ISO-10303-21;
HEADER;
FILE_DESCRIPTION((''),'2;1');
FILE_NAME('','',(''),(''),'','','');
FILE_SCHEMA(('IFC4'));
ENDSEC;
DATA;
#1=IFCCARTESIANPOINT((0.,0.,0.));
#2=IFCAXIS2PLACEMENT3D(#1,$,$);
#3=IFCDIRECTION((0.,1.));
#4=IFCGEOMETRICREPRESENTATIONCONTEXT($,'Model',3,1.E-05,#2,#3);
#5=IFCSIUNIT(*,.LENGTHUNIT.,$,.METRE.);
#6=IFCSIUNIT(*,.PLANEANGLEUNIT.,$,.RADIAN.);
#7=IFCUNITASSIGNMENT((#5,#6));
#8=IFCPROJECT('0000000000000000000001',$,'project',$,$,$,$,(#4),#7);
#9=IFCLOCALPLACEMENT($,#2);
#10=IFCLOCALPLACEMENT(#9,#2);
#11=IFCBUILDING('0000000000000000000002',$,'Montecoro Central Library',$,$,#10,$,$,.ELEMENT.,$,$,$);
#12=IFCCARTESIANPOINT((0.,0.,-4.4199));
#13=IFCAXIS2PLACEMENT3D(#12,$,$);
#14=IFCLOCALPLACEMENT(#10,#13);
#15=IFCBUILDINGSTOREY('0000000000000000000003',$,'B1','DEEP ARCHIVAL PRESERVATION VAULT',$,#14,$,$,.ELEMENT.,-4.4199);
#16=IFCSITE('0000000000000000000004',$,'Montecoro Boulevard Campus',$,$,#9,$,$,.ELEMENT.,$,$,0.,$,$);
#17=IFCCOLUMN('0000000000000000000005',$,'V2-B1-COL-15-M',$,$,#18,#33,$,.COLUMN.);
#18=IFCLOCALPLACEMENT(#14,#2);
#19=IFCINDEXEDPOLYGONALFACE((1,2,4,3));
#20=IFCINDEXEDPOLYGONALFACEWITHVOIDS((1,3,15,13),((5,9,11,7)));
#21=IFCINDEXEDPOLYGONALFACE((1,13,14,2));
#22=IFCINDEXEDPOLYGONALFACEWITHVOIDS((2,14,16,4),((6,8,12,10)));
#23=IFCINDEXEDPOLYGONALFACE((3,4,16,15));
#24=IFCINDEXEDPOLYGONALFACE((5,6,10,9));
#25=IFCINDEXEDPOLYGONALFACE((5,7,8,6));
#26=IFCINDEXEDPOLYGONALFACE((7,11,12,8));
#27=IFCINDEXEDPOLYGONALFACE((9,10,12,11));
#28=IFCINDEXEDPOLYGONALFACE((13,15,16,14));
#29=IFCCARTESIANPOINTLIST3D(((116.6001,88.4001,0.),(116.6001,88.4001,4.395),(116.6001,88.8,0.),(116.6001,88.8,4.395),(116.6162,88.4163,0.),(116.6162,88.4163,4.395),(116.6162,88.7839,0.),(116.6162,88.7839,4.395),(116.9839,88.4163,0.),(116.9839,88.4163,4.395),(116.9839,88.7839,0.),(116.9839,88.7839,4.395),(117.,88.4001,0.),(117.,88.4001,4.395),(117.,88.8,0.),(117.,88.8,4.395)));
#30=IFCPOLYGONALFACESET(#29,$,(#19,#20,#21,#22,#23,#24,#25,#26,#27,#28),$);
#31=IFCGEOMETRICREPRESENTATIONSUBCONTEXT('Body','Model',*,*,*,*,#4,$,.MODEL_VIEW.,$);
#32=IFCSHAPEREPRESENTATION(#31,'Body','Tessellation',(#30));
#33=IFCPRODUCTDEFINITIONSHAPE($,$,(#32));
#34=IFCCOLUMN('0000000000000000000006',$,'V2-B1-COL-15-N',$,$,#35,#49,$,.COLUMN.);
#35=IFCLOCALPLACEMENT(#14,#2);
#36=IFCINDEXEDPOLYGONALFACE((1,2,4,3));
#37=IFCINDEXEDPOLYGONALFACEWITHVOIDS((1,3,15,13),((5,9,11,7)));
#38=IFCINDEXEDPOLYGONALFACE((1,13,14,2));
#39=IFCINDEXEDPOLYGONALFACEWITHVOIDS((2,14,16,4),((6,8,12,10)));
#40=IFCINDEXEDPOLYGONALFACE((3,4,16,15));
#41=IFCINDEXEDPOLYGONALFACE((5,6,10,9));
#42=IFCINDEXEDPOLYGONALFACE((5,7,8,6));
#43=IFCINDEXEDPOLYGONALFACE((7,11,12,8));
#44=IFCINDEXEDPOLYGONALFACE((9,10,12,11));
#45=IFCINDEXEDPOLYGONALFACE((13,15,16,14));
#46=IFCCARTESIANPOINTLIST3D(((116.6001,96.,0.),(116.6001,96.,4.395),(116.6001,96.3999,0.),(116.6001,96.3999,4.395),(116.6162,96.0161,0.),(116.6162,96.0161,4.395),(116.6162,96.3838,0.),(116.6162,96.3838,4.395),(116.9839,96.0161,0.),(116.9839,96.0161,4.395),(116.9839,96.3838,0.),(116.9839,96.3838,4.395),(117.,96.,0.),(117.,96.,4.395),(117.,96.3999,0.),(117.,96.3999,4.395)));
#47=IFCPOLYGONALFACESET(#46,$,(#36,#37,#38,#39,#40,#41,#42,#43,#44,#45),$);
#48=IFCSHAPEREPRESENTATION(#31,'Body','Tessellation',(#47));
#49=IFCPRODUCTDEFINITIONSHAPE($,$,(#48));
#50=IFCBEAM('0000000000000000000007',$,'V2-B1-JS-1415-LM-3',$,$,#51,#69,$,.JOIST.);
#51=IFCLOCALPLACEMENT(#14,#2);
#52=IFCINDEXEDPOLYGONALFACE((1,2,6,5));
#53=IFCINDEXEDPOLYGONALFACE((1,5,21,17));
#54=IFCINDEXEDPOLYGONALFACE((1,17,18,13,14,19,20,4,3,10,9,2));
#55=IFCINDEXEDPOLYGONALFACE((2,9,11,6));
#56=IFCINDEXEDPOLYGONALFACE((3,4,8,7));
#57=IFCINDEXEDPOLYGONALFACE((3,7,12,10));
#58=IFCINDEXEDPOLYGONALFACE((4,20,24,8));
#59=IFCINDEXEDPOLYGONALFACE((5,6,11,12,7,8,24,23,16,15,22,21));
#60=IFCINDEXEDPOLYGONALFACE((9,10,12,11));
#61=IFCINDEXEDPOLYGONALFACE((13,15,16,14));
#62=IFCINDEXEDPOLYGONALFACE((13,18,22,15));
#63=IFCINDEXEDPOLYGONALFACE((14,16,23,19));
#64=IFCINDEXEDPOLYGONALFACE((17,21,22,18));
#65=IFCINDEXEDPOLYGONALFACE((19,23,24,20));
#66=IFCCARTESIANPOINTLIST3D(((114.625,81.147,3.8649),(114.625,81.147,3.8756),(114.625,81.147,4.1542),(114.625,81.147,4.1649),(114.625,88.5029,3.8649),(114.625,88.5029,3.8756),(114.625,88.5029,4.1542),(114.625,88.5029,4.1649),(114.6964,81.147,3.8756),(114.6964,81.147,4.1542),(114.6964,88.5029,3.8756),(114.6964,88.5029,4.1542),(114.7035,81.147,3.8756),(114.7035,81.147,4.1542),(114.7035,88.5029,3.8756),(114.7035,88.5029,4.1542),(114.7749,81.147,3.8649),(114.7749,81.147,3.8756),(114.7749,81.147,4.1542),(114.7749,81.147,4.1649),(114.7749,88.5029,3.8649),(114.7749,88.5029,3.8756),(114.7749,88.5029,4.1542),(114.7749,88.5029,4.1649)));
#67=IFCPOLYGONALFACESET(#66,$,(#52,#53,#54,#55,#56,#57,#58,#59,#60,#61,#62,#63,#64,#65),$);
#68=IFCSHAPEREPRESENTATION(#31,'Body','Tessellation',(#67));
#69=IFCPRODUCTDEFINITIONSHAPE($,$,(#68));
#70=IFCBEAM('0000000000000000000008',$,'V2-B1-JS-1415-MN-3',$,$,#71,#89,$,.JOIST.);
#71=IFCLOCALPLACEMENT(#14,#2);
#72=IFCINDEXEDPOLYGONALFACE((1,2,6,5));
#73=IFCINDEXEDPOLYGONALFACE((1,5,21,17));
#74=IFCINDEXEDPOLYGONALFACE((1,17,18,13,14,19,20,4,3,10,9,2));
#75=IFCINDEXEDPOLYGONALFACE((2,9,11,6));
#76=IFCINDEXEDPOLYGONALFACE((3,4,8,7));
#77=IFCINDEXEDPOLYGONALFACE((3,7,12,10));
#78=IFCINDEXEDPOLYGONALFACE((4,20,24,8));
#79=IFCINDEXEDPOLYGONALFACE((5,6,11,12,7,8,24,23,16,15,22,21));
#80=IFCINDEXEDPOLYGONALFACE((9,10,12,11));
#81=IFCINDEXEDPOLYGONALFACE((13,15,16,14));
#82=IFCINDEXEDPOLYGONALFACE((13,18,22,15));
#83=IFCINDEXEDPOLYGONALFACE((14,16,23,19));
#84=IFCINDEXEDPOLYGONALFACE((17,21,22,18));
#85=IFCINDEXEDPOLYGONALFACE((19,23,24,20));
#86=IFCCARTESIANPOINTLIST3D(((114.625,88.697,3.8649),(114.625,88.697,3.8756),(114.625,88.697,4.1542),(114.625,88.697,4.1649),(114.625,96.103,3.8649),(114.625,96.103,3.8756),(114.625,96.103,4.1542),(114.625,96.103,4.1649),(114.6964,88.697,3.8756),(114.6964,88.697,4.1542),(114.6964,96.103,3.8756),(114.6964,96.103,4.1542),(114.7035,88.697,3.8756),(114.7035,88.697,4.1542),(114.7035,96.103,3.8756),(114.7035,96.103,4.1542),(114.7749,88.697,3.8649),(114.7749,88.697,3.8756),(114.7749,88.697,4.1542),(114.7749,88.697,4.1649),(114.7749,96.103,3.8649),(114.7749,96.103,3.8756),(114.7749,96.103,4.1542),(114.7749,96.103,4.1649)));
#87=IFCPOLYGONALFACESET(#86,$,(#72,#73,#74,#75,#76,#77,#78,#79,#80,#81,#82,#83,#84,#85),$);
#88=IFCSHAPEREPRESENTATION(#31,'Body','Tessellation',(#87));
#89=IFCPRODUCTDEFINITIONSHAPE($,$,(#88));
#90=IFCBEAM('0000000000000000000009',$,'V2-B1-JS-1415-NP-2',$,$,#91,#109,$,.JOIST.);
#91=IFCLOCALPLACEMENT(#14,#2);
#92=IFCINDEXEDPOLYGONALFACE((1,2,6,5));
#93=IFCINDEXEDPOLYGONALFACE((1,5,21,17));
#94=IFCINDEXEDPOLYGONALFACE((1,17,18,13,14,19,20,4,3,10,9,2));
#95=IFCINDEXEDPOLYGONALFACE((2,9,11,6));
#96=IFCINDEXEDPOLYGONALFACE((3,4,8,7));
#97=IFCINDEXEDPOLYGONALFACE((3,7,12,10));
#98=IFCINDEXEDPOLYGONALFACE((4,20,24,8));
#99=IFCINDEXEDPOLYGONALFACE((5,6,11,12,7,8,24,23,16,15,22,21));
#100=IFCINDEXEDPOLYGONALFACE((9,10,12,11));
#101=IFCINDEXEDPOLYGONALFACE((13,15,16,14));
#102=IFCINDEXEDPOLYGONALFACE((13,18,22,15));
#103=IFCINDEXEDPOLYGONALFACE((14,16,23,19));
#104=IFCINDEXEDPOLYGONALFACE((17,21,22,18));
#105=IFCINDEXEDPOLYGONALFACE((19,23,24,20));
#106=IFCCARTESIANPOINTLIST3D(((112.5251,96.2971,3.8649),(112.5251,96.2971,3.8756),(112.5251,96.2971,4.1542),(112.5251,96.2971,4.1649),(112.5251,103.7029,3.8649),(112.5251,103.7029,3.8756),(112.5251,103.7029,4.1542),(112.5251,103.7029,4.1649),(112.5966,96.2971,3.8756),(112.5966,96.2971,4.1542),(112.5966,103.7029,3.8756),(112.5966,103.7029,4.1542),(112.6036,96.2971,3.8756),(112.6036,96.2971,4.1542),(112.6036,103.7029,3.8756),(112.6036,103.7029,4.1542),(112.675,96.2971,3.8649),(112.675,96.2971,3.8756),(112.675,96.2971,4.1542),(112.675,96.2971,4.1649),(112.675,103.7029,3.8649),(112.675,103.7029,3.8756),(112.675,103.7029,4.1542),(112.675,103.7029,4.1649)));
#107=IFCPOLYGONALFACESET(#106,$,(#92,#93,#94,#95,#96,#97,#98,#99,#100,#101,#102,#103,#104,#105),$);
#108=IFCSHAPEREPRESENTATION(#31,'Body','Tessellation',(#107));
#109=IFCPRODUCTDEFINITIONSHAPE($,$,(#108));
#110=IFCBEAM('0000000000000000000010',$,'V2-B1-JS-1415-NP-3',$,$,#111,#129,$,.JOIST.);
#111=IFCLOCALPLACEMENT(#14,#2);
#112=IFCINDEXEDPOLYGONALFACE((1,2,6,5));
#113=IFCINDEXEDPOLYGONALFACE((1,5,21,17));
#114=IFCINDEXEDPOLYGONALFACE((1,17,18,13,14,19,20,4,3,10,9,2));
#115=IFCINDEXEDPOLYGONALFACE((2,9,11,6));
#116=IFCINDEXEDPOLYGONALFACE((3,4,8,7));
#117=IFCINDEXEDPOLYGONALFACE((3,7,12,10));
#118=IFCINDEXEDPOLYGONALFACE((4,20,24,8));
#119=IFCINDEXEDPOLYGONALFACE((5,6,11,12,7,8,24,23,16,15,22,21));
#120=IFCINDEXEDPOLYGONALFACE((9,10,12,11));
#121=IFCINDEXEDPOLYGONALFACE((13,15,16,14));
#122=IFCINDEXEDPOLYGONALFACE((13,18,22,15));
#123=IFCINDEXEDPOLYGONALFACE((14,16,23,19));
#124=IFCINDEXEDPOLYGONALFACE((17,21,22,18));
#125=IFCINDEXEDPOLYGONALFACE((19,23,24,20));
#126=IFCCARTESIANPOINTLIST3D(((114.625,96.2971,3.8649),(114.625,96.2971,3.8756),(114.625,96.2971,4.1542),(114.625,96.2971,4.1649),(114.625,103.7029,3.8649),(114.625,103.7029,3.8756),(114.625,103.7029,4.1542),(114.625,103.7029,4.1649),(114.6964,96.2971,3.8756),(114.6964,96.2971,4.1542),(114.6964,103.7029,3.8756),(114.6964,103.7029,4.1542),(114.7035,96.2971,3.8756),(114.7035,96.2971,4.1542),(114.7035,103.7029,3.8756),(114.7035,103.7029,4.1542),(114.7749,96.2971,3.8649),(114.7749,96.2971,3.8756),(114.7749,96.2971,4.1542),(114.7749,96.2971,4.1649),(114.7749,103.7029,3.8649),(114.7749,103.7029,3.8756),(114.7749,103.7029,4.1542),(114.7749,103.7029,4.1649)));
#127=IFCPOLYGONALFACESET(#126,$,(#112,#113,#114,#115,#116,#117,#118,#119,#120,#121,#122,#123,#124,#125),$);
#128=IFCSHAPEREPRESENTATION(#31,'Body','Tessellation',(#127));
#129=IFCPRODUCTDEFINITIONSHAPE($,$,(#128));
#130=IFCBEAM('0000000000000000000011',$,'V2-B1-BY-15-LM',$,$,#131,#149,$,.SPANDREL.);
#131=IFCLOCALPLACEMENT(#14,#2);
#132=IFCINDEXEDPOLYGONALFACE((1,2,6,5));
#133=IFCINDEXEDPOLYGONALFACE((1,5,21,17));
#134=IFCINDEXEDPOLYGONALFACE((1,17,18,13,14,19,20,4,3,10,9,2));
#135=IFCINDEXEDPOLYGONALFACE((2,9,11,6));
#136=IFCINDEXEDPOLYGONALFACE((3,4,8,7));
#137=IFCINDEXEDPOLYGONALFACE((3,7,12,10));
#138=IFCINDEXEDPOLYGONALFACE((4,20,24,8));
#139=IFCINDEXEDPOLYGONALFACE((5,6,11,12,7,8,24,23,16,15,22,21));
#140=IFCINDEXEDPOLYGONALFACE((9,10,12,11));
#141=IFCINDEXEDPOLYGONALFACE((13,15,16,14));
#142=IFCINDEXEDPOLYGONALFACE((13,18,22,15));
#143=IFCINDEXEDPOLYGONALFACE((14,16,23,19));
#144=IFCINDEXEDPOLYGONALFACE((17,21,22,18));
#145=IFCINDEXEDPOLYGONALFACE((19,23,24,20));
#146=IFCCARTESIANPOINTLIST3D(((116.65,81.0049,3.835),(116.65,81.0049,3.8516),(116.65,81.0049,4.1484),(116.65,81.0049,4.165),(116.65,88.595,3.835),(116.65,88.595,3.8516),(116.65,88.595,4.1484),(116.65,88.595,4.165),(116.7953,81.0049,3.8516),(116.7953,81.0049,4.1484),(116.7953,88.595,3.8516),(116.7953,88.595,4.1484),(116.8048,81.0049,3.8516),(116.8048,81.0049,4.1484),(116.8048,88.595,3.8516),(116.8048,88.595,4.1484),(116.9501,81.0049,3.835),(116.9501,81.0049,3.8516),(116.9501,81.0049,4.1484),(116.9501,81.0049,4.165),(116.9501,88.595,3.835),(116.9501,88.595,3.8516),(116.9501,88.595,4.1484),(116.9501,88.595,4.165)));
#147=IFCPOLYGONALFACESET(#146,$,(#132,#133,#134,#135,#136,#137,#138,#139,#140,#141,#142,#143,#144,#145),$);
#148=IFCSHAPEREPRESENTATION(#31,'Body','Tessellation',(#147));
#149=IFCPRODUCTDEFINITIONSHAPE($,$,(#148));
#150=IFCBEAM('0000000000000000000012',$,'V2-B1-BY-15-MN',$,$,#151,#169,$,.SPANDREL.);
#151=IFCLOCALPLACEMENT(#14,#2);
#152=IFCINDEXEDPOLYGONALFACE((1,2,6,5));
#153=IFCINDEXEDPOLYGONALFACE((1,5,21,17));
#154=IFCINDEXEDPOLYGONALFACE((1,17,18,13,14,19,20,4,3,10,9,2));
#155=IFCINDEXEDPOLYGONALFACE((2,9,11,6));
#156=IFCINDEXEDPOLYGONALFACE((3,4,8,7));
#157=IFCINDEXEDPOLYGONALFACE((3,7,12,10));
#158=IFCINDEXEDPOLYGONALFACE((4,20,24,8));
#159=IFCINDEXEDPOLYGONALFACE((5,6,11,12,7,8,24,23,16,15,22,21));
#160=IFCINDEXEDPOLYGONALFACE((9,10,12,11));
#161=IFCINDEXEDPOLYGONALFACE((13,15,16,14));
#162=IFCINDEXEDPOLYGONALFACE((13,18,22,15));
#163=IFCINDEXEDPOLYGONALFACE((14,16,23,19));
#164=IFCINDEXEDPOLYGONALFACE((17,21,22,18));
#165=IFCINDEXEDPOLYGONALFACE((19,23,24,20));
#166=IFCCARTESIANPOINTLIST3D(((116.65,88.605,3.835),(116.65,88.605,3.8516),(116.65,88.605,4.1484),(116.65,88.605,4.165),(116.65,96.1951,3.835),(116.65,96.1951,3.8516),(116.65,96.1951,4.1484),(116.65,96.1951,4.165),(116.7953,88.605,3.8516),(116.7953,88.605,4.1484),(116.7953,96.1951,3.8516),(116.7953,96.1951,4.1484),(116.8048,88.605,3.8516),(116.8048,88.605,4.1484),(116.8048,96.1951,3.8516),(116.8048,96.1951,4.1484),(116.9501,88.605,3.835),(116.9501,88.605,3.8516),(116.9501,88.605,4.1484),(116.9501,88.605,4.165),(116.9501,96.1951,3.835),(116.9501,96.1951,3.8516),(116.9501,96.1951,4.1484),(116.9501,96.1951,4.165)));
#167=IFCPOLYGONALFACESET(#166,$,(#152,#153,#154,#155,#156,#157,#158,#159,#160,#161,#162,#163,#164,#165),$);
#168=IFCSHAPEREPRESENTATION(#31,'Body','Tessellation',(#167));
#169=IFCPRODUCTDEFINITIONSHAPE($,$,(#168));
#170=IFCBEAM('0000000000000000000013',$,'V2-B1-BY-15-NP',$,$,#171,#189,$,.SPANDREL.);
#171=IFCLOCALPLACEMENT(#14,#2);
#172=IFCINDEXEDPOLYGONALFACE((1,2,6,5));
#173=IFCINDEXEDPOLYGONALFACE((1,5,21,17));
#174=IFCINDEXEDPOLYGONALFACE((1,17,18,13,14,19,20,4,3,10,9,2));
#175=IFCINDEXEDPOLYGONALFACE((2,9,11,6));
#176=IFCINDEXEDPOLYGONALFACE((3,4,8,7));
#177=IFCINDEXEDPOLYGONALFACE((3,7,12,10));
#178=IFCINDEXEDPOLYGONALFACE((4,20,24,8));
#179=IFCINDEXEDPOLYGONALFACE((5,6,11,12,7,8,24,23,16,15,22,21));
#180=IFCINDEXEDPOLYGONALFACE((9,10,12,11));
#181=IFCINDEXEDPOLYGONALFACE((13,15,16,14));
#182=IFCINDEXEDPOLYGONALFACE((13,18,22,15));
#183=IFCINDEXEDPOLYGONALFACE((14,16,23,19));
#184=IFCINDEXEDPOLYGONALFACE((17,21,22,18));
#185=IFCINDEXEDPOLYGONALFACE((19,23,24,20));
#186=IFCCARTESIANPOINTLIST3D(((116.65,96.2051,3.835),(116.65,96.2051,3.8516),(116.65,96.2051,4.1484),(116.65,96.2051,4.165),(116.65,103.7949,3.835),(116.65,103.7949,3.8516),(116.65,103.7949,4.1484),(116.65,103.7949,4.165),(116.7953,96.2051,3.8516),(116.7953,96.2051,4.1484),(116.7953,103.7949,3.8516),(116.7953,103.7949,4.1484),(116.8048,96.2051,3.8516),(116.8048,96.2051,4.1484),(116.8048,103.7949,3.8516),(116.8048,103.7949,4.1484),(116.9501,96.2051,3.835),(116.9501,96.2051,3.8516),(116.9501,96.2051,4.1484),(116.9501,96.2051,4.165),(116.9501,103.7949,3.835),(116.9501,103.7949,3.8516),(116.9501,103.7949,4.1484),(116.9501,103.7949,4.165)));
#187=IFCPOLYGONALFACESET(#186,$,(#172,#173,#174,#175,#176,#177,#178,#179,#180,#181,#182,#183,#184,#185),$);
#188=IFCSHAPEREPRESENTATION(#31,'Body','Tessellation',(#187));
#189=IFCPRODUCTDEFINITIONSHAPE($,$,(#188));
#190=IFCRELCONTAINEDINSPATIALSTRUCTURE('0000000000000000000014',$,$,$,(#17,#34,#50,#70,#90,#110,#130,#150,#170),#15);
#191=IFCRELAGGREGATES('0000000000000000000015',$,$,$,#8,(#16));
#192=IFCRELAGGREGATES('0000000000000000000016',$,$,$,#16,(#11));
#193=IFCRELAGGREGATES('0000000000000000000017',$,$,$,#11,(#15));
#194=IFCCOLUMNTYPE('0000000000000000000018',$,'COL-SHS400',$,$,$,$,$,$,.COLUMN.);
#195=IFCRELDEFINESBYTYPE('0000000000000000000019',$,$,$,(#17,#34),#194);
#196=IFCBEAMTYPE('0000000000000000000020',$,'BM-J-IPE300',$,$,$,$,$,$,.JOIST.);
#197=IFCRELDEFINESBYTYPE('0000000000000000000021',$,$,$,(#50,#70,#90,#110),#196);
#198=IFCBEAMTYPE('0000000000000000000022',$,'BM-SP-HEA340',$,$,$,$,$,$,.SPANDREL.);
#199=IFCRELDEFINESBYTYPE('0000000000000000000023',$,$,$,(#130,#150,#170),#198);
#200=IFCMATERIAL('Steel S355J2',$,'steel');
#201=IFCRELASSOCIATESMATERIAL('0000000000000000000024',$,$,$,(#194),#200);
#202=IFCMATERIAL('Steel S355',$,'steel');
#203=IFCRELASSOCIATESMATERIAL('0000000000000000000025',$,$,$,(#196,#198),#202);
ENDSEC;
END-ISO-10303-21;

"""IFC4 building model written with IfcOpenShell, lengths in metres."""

from ifc_helpers import new_model, si_unit, direction, frame, origin, origin_2d, place, context, subcontext, project, spatial, hollow_rectangle, i_section, extrude, material, material_profile, profile_set, type_object, element, save


model = new_model("IFC4")

# Units and contexts
model_context = context("Model", 3, precision=1e-05, world=origin(), true_north=direction((0.0, 1.0)))
body_context = subcontext(model_context, "Body", "Model", "MODEL_VIEW")
ifc_project = project(units=[si_unit("LENGTHUNIT", "METRE"), si_unit("PLANEANGLEUNIT", "RADIAN")], contexts=[model_context])

# Site, building, storey
site_placement = place(None, origin())
site = spatial("IfcSite", under=ifc_project, at=site_placement, Name="Montecoro Boulevard Campus", CompositionType="ELEMENT", RefElevation=0.0)
building_placement = place(site_placement, origin())
building = spatial("IfcBuilding", under=site, at=building_placement, Name="Montecoro Central Library", CompositionType="ELEMENT")
storey_placement = place(building_placement, frame((0.0, 0.0, -4.4199)))
storey = spatial("IfcBuildingStorey", under=building, at=storey_placement, Name="B1", Description="DEEP ARCHIVAL PRESERVATION VAULT", CompositionType="ELEMENT", Elevation=-4.4199)

# Columns
ifc_material_1 = material(Name="Steel S355J2", Category="steel")
ifc_material_profile_1 = material_profile(ifc_material_1, hollow_rectangle(XDim=0.3999, YDim=0.3999, WallThickness=0.0161, at=origin_2d()), Name="SHS 400x400x16.0")
ifc_profile_set_1 = profile_set([ifc_material_profile_1], Name="Steel S355J2")
column_type = type_object("IfcColumnType", Name="COL-SHS400", PredefinedType="COLUMN", material=ifc_profile_set_1)
for number, where, z_axis, x_axis, name in (
    (1, (116.8, 88.6001, 0.0), (0.0, 0.0, 1.0), (1.0, 0.0, 0.0), "V2-B1-COL-15-M"),
    (2, (116.8, 96.2, 0.0), (0.0, 0.0, 1.0), (1.0, 0.0, 0.0), "V2-B1-COL-15-N"),
):
    element("IfcColumn", number, at=place(storey_placement, frame(where, z_axis=z_axis, x_axis=x_axis)), inside=storey, type_object=column_type, Name=name, PredefinedType="COLUMN", context=body_context, shape_type="SweptSolid", body=[
        extrude(hollow_rectangle(XDim=0.3999, YDim=0.3999, WallThickness=0.0161, at=origin_2d()), origin(), (0.0, 0.0, 1.0), 4.395),
    ])

# Beams
ifc_material_2 = material(Name="Steel S355", Category="steel")
ifc_material_profile_2 = material_profile(ifc_material_2, i_section(OverallWidth=0.1499, OverallDepth=0.3, WebThickness=0.0071, FlangeThickness=0.0107, at=origin_2d()), Name="IPE 300")
ifc_profile_set_2 = profile_set([ifc_material_profile_2], Name="Steel S355")
beam_type_1 = type_object("IfcBeamType", Name="BM-J-IPE300", PredefinedType="JOIST", material=ifc_profile_set_2)
beam_1_placement = place(storey_placement, frame((114.7, 81.147, 4.0149), z_axis=(0.0, 1.0, 0.0), x_axis=(-1.0, 0.0, 0.0)))
element("IfcBeam", 3, at=beam_1_placement, inside=storey, type_object=beam_type_1, Name="V2-B1-JS-1415-LM-3", PredefinedType="JOIST", context=body_context, shape_type="SweptSolid", body=[
    extrude(i_section(OverallWidth=0.1499, OverallDepth=0.3, WebThickness=0.0071, FlangeThickness=0.0107, at=origin_2d()), origin(), (0.0, 0.0, 1.0), 7.356),
])
beam_2_placement = place(storey_placement, frame((114.7, 88.697, 4.0149), z_axis=(0.0, 1.0, 0.0), x_axis=(-1.0, 0.0, 0.0)))
element("IfcBeam", 4, at=beam_2_placement, inside=storey, type_object=beam_type_1, Name="V2-B1-JS-1415-MN-3", PredefinedType="JOIST", context=body_context, shape_type="SweptSolid", body=[
    extrude(i_section(OverallWidth=0.1499, OverallDepth=0.3, WebThickness=0.0071, FlangeThickness=0.0107, at=origin_2d()), origin(), (0.0, 0.0, 1.0), 7.406),
])
for number, where, z_axis, x_axis, name in (
    (5, (112.6001, 96.2971, 4.0149), (0.0, 1.0, 0.0), (-1.0, 0.0, 0.0), "V2-B1-JS-1415-NP-2"),
    (6, (114.7, 96.2971, 4.0149), (0.0, 1.0, 0.0), (-1.0, 0.0, 0.0), "V2-B1-JS-1415-NP-3"),
):
    element("IfcBeam", number, at=place(storey_placement, frame(where, z_axis=z_axis, x_axis=x_axis)), inside=storey, type_object=beam_type_1, Name=name, PredefinedType="JOIST", context=body_context, shape_type="SweptSolid", body=[
        extrude(i_section(OverallWidth=0.1499, OverallDepth=0.3, WebThickness=0.0071, FlangeThickness=0.0107, at=origin_2d()), origin(), (0.0, 0.0, 1.0), 7.4058),
    ])
ifc_material_profile_3 = material_profile(ifc_material_2, i_section(OverallWidth=0.3, OverallDepth=0.3301, WebThickness=0.0095, FlangeThickness=0.0166, at=origin_2d()), Name="HEA 340")
ifc_profile_set_3 = profile_set([ifc_material_profile_3], Name="Steel S355")
beam_type_2 = type_object("IfcBeamType", Name="BM-SP-HEA340", PredefinedType="SPANDREL", material=ifc_profile_set_3)
for number, where, z_axis, x_axis, name in (
    (7, (116.8, 81.0049, 4.0), (0.0, 1.0, 0.0), (-1.0, 0.0, 0.0), "V2-B1-BY-15-LM"),
    (8, (116.8, 88.605, 4.0), (0.0, 1.0, 0.0), (-1.0, 0.0, 0.0), "V2-B1-BY-15-MN"),
):
    element("IfcBeam", number, at=place(storey_placement, frame(where, z_axis=z_axis, x_axis=x_axis)), inside=storey, type_object=beam_type_2, Name=name, PredefinedType="SPANDREL", context=body_context, shape_type="SweptSolid", body=[
        extrude(i_section(OverallWidth=0.3, OverallDepth=0.3301, WebThickness=0.0095, FlangeThickness=0.0166, at=origin_2d()), origin(), (0.0, 0.0, 1.0), 7.5901),
    ])
beam_3_placement = place(storey_placement, frame((116.8, 96.2051, 4.0), z_axis=(0.0, 1.0, 0.0), x_axis=(-1.0, 0.0, 0.0)))
element("IfcBeam", 9, at=beam_3_placement, inside=storey, type_object=beam_type_2, Name="V2-B1-BY-15-NP", PredefinedType="SPANDREL", context=body_context, shape_type="SweptSolid", body=[
    extrude(i_section(OverallWidth=0.3, OverallDepth=0.3301, WebThickness=0.0095, FlangeThickness=0.0166, at=origin_2d()), origin(), (0.0, 0.0, 1.0), 7.5898),
])

save(model, "model.ifc")
